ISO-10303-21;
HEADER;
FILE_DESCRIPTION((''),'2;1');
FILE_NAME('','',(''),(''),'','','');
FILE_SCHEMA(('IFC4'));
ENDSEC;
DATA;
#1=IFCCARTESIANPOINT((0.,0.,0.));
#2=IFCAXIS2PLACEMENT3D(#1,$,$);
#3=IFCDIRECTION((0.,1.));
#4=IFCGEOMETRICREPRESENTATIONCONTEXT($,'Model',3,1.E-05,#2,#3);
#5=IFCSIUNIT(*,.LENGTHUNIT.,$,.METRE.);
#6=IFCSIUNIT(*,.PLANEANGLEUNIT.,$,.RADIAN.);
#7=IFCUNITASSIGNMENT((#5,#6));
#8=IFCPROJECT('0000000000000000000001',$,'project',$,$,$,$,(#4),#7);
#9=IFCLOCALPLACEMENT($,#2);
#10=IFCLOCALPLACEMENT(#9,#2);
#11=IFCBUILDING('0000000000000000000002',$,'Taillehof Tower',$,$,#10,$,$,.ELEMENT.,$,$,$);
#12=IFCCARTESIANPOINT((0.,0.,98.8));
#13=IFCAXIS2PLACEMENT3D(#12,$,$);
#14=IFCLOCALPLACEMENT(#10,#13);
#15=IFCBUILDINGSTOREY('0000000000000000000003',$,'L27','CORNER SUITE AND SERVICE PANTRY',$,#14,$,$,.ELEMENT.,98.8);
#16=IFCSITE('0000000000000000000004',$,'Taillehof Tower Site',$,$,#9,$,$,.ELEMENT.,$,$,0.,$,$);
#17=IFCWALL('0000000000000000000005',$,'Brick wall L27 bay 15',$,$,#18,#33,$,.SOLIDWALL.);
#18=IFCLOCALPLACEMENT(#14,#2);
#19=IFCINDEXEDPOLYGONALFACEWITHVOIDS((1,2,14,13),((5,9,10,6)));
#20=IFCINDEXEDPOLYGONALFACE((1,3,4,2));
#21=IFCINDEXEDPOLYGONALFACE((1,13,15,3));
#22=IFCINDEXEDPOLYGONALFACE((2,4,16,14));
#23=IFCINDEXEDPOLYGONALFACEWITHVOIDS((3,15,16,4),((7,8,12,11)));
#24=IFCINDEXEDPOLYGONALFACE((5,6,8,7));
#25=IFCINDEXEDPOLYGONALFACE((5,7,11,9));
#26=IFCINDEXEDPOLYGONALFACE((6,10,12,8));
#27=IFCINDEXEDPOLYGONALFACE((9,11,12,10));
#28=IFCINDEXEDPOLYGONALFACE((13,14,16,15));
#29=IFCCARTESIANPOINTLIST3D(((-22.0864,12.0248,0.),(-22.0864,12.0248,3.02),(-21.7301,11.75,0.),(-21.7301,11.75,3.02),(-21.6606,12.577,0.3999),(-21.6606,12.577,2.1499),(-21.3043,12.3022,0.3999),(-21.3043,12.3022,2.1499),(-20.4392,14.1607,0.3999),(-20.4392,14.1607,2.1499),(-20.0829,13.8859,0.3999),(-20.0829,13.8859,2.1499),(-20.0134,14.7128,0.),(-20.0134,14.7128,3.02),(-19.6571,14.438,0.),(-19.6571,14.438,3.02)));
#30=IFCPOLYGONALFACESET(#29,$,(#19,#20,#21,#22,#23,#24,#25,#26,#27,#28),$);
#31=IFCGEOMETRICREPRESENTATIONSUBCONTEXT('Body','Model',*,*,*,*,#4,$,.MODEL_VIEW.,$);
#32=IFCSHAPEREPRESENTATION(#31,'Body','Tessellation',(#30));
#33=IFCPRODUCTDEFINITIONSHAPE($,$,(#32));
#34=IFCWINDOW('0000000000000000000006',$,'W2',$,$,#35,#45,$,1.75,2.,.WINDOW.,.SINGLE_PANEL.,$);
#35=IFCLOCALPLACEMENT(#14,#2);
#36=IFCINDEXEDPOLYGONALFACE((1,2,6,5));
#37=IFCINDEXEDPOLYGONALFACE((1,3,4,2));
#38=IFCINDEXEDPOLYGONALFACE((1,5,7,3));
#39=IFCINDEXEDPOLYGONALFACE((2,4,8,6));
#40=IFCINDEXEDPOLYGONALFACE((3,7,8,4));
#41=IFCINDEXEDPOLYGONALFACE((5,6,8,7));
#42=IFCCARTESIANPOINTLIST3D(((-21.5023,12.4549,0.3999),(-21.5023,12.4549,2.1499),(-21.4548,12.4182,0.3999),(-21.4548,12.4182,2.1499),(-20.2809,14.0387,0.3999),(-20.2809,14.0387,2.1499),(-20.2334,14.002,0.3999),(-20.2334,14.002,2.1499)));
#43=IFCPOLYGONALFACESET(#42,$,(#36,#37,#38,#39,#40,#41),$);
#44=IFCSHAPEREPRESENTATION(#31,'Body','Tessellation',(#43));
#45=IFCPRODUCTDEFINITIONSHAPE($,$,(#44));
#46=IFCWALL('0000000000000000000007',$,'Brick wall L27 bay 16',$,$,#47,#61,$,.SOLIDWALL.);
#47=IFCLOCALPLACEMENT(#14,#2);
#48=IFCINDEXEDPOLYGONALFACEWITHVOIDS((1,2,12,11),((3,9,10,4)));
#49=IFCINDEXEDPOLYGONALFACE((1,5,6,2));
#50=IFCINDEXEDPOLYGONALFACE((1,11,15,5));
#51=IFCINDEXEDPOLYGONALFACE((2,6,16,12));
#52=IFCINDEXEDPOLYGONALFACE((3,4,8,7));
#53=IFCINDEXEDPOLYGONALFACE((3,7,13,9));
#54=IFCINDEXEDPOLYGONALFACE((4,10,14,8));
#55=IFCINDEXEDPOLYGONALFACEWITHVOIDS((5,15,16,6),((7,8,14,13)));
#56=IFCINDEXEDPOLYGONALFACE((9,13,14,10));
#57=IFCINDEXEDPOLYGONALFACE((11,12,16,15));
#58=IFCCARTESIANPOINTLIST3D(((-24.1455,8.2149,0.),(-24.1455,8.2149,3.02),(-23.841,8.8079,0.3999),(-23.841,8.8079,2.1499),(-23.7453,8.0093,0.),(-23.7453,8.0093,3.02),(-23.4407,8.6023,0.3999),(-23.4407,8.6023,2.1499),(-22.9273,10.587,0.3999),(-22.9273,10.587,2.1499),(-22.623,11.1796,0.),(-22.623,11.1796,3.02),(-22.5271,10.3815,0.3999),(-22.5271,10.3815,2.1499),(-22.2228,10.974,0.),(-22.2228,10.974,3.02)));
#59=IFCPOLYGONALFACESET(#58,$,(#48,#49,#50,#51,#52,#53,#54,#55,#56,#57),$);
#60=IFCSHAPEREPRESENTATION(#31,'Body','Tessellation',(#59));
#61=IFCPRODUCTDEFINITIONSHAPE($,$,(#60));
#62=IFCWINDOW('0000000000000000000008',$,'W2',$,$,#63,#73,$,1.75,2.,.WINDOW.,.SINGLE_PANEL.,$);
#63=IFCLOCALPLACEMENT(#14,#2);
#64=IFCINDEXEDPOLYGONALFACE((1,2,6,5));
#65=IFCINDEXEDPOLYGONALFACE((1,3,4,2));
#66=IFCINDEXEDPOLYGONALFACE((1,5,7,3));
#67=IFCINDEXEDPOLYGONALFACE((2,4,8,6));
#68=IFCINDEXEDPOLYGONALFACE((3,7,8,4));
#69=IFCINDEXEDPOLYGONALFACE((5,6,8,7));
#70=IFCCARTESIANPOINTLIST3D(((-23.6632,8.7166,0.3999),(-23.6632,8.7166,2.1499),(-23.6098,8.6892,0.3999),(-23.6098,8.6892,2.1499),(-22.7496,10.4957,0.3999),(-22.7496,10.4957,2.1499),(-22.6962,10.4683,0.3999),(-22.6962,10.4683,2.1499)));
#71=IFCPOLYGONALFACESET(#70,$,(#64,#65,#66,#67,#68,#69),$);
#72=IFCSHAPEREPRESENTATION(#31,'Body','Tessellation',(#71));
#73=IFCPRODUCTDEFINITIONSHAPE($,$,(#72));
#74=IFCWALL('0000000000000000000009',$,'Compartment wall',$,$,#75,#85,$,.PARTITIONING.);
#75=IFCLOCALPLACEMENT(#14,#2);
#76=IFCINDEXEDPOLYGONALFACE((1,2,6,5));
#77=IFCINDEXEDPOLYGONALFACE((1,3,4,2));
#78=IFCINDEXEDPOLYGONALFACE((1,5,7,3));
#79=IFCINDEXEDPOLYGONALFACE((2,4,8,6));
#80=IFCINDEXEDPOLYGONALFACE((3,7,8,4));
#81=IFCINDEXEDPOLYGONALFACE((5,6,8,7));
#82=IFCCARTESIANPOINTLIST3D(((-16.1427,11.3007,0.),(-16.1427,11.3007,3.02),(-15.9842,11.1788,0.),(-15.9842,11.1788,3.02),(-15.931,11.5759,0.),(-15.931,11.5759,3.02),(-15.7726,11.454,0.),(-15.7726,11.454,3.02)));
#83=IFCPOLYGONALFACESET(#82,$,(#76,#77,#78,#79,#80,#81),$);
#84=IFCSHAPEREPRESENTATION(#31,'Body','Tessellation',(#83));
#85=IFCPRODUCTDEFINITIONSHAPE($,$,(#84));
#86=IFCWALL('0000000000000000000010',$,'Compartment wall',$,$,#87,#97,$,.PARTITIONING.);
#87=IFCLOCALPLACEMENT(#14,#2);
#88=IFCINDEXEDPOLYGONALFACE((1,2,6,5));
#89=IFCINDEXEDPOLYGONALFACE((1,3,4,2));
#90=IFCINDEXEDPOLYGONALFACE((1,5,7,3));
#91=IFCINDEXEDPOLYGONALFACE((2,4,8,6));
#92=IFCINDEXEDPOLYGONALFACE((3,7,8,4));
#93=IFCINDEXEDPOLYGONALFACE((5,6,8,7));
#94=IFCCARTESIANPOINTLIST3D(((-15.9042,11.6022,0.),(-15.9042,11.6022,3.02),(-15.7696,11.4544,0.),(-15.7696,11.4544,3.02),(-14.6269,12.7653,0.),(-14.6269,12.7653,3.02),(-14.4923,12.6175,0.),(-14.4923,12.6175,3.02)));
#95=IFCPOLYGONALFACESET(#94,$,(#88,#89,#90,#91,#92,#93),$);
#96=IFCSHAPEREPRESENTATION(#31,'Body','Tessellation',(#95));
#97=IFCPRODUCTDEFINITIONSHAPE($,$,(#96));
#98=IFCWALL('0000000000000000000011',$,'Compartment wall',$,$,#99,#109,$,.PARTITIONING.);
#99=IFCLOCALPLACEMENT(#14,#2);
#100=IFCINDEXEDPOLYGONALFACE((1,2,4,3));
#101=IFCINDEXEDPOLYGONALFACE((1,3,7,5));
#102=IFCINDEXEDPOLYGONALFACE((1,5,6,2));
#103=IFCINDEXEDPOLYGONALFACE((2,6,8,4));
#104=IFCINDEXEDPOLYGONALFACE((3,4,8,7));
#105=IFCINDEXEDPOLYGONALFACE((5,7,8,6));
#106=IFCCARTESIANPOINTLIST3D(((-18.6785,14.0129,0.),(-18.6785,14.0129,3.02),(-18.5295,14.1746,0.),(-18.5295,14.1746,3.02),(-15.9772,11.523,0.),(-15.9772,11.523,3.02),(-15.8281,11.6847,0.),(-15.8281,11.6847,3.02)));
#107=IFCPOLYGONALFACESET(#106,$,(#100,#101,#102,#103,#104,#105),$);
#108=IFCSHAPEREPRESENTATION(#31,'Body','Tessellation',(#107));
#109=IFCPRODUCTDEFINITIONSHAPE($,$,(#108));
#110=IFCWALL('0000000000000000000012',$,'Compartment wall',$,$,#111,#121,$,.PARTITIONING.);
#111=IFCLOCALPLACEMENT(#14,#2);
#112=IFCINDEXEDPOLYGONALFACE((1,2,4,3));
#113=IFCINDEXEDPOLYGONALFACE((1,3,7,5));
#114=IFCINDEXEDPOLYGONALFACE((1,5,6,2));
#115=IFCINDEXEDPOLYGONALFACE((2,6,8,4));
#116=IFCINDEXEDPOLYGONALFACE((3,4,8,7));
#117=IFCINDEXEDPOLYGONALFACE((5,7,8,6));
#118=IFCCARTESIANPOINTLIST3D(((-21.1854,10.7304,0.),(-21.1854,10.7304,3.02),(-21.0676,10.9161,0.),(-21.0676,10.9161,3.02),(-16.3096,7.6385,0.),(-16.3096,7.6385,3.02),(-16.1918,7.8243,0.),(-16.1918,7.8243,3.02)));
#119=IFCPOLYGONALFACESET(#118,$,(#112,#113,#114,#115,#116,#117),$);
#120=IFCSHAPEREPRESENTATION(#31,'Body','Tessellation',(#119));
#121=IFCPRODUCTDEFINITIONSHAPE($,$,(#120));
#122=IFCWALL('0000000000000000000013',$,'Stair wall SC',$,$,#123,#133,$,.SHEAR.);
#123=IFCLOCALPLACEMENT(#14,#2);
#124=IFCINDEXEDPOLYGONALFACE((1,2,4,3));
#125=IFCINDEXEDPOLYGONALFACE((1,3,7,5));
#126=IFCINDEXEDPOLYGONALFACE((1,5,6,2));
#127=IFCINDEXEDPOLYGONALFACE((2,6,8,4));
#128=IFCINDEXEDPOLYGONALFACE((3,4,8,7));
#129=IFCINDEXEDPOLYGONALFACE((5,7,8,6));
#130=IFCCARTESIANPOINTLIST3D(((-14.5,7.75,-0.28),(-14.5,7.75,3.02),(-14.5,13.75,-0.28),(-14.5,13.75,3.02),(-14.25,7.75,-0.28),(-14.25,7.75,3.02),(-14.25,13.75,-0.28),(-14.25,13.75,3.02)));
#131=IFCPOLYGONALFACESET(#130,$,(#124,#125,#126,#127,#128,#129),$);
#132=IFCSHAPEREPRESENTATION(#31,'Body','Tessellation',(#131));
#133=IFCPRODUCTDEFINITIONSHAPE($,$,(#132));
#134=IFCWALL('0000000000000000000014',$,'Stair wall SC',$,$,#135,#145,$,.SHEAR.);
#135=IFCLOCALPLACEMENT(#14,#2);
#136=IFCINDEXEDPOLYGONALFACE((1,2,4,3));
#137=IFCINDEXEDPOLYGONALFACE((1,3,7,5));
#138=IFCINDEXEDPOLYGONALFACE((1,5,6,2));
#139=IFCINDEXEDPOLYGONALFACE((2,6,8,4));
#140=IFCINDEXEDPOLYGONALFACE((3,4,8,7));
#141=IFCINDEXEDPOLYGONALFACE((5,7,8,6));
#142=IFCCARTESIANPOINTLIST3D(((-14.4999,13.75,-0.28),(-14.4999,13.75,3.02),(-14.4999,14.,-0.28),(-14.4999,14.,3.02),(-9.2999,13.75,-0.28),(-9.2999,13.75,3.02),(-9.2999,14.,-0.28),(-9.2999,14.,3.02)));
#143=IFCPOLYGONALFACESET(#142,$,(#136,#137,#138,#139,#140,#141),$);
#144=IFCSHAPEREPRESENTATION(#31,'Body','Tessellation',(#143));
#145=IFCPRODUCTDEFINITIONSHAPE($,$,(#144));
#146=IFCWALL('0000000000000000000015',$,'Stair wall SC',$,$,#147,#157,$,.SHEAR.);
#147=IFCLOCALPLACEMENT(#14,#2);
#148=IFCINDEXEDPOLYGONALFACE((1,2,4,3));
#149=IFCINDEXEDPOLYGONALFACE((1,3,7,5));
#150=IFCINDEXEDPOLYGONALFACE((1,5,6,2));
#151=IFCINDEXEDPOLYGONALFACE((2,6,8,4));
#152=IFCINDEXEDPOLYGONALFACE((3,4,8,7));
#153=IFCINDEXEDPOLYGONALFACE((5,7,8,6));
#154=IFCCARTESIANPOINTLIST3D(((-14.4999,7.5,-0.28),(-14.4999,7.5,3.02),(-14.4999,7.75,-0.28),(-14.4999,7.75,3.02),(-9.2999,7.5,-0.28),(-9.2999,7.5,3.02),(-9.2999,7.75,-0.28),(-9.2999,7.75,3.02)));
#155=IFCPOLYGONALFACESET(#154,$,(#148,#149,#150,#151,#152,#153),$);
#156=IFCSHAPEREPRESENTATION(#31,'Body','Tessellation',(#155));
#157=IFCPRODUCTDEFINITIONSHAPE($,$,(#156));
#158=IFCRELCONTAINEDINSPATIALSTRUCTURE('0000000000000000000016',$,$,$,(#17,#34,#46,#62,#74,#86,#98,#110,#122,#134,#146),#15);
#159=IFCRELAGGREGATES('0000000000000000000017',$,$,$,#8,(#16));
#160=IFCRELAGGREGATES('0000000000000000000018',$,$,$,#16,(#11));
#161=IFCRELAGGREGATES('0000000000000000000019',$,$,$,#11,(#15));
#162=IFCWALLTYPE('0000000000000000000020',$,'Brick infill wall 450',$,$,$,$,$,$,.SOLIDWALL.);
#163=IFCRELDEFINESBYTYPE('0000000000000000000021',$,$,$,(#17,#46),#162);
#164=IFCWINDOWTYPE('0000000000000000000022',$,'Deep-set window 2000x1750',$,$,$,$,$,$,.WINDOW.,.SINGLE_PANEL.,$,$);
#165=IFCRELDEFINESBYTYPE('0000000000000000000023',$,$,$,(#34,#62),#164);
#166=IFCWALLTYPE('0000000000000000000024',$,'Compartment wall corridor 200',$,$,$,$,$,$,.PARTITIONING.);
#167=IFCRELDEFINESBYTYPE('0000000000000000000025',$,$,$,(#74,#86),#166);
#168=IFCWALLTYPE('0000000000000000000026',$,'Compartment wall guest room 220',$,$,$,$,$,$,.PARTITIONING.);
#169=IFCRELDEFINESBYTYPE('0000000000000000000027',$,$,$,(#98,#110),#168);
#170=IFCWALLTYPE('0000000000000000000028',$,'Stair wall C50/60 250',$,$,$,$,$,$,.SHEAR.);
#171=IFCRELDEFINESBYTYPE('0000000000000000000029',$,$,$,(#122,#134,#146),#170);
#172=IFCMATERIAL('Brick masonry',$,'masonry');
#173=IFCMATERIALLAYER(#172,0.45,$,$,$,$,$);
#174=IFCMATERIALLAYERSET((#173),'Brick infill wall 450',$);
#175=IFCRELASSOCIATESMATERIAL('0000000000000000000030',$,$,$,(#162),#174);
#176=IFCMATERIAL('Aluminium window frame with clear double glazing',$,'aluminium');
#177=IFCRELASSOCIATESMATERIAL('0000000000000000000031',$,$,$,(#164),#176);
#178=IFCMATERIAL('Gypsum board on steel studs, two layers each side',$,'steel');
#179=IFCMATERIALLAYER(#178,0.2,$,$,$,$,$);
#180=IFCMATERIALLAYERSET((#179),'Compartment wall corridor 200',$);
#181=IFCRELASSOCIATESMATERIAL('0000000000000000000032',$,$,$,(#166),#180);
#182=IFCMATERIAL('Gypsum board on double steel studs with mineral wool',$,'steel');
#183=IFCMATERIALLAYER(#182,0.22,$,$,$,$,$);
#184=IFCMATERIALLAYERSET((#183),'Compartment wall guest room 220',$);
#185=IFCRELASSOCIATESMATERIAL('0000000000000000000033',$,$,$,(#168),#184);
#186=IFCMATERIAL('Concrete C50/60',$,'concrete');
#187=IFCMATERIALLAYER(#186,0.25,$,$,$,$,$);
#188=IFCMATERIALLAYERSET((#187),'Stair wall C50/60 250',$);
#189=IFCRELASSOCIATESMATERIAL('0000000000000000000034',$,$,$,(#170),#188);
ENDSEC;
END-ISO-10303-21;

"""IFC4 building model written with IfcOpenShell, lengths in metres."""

from ifc_helpers import new_model, si_unit, direction, frame, frame_2d, origin, place, context, subcontext, project, spatial, rectangle, extrude, material, layer, layer_set, type_object, element, fill, save


model = new_model("IFC4")

# Units and contexts
model_context = context("Model", 3, precision=1e-05, world=origin(), true_north=direction((0.0, 1.0)))
body_context = subcontext(model_context, "Body", "Model", "MODEL_VIEW")
ifc_project = project(units=[si_unit("LENGTHUNIT", "METRE"), si_unit("PLANEANGLEUNIT", "RADIAN")], contexts=[model_context])

# Site, building, storey
site_placement = place(None, origin())
site = spatial("IfcSite", under=ifc_project, at=site_placement, Name="Taillehof Tower Site", CompositionType="ELEMENT", RefElevation=0.0)
building_placement = place(site_placement, origin())
building = spatial("IfcBuilding", under=site, at=building_placement, Name="Taillehof Tower", CompositionType="ELEMENT")
storey_placement = place(building_placement, frame((0.0, 0.0, 98.8)))
storey = spatial("IfcBuildingStorey", under=building, at=storey_placement, Name="L27", Description="CORNER SUITE AND SERVICE PANTRY", CompositionType="ELEMENT", Elevation=98.8)

# Walls, openings, windows
ifc_material_1 = material(Name="Brick masonry", Category="masonry")
ifc_layer_1 = layer(ifc_material_1, 0.45)
ifc_layer_set_1 = layer_set([ifc_layer_1], Name="Brick infill wall 450")
wall_type_1 = type_object("IfcWallType", Name="Brick infill wall 450", PredefinedType="SOLIDWALL", material=ifc_layer_set_1)
ifc_material_2 = material(Name="Aluminium window frame with clear double glazing", Category="aluminium")
window_type = type_object("IfcWindowType", Name="Deep-set window 2000x1750", PartitioningType="SINGLE_PANEL", PredefinedType="WINDOW", material=ifc_material_2)
wall_1_placement = place(storey_placement, frame((-19.8352, 14.5754, 0.0), z_axis=(0.0, 0.0, 1.0), x_axis=(-0.610694, -0.791867, 0.0)))
wall_1 = element("IfcWall", 1, at=wall_1_placement, inside=storey, type_object=wall_type_1, Name="Brick wall L27 bay 15", PredefinedType="SOLIDWALL", context=body_context, shape_type="SweptSolid", body=[
    extrude(rectangle(XDim=3.3945, YDim=0.45, at=frame_2d((1.6973, 0.0))), origin(), (0.0, 0.0, 1.0), 3.02),
])
opening_1_placement = place(wall_1_placement, frame((0.6973, 0.0, 0.3999)))
opening_1 = element("IfcOpeningElement", 2, at=opening_1_placement, cuts=wall_1, PredefinedType="OPENING", context=body_context, shape_type="SweptSolid", body=[
    extrude(rectangle(XDim=2.0, YDim=1.75, at=frame_2d((1.0, 0.875))), frame((0.0, 0.2349, 0.0), z_axis=(0.0, -1.0, 0.0), x_axis=(1.0, 0.0, 0.0)), (0.0, 0.0, 1.0), 0.47),
])
window_1_placement = place(opening_1_placement, origin())
window_1 = element("IfcWindow", 3, at=window_1_placement, inside=storey, type_object=window_type, Name="W2", OverallHeight=1.75, OverallWidth=2.0, PartitioningType="SINGLE_PANEL", PredefinedType="WINDOW", context=body_context, shape_type="SweptSolid", body=[
    extrude(rectangle(XDim=2.0, YDim=1.75, at=frame_2d((1.0, 0.875))), frame((0.0, 0.0349, 0.0), z_axis=(0.0, -1.0, 0.0), x_axis=(1.0, 0.0, 0.0)), (0.0, 0.0, 1.0), 0.0601),
])
fill(opening_1, window_1)
wall_2_placement = place(storey_placement, frame((-22.4229, 11.0769, 0.0), z_axis=(0.0, 0.0, 1.0), x_axis=(-0.456828, -0.889555, 0.0)))
wall_2 = element("IfcWall", 4, at=wall_2_placement, inside=storey, type_object=wall_type_1, Name="Brick wall L27 bay 16", PredefinedType="SOLIDWALL", context=body_context, shape_type="SweptSolid", body=[
    extrude(rectangle(XDim=3.3328, YDim=0.45, at=frame_2d((1.6665, 0.0))), origin(), (0.0, 0.0, 1.0), 3.02),
])
opening_2_placement = place(wall_2_placement, frame((0.6663, 0.0, 0.3999)))
opening_2 = element("IfcOpeningElement", 5, at=opening_2_placement, cuts=wall_2, PredefinedType="OPENING", context=body_context, shape_type="SweptSolid", body=[
    extrude(rectangle(XDim=2.0, YDim=1.75, at=frame_2d((1.0, 0.875))), frame((0.0, 0.2349, 0.0), z_axis=(0.0, -1.0, 0.0), x_axis=(1.0, 0.0, 0.0)), (0.0, 0.0, 1.0), 0.47),
])
window_2_placement = place(opening_2_placement, origin())
window_2 = element("IfcWindow", 6, at=window_2_placement, inside=storey, type_object=window_type, Name="W2", OverallHeight=1.75, OverallWidth=2.0, PartitioningType="SINGLE_PANEL", PredefinedType="WINDOW", context=body_context, shape_type="SweptSolid", body=[
    extrude(rectangle(XDim=2.0, YDim=1.75, at=frame_2d((1.0, 0.875))), frame((0.0, 0.0349, 0.0), z_axis=(0.0, -1.0, 0.0), x_axis=(1.0, 0.0, 0.0)), (0.0, 0.0, 1.0), 0.0601),
])
fill(opening_2, window_2)

# Walls
ifc_material_3 = material(Name="Gypsum board on steel studs, two layers each side", Category="steel")
ifc_layer_2 = layer(ifc_material_3, 0.2)
ifc_layer_set_2 = layer_set([ifc_layer_2], Name="Compartment wall corridor 200")
wall_type_2 = type_object("IfcWallType", Name="Compartment wall corridor 200", PredefinedType="PARTITIONING", material=ifc_layer_set_2)
wall_3_placement = place(storey_placement, frame((-16.0635, 11.2397, 0.0), z_axis=(0.0, 0.0, 1.0), x_axis=(0.609745, 0.792598, 0.0)))
element("IfcWall", 7, at=wall_3_placement, inside=storey, type_object=wall_type_2, Name="Compartment wall", PredefinedType="PARTITIONING", context=body_context, shape_type="SweptSolid", body=[
    extrude(rectangle(XDim=0.3472, YDim=0.2, at=frame_2d((0.1736, 0.0))), origin(), (0.0, 0.0, 1.0), 3.02),
])
wall_4_placement = place(storey_placement, frame((-15.8369, 11.5283, 0.0), z_axis=(0.0, 0.0, 1.0), x_axis=(0.739403, 0.673263, 0.0)))
element("IfcWall", 8, at=wall_4_placement, inside=storey, type_object=wall_type_2, Name="Compartment wall", PredefinedType="PARTITIONING", context=body_context, shape_type="SweptSolid", body=[
    extrude(rectangle(XDim=1.7275, YDim=0.2, at=frame_2d((0.8638, 0.0))), origin(), (0.0, 0.0, 1.0), 3.02),
])
ifc_material_4 = material(Name="Gypsum board on double steel studs with mineral wool", Category="steel")
ifc_layer_3 = layer(ifc_material_4, 0.22)
ifc_layer_set_3 = layer_set([ifc_layer_3], Name="Compartment wall guest room 220")
wall_type_3 = type_object("IfcWallType", Name="Compartment wall guest room 220", PredefinedType="PARTITIONING", material=ifc_layer_set_3)
wall_5_placement = place(storey_placement, frame((-18.604, 14.0938, 0.0), z_axis=(0.0, 0.0, 1.0), x_axis=(0.735295, -0.677747, 0.0)))
element("IfcWall", 9, at=wall_5_placement, inside=storey, type_object=wall_type_3, Name="Compartment wall", PredefinedType="PARTITIONING", context=body_context, shape_type="SweptSolid", body=[
    extrude(rectangle(XDim=3.6738, YDim=0.22, at=frame_2d((1.8369, 0.0))), origin(), (0.0, 0.0, 1.0), 3.02),
])
wall_6_placement = place(storey_placement, frame((-21.1265, 10.8232, 0.0), z_axis=(0.0, 0.0, 1.0), x_axis=(0.844519, -0.535526, 0.0)))
element("IfcWall", 10, at=wall_6_placement, inside=storey, type_object=wall_type_3, Name="Compartment wall", PredefinedType="PARTITIONING", context=body_context, shape_type="SweptSolid", body=[
    extrude(rectangle(XDim=5.7734, YDim=0.22, at=frame_2d((2.8867, 0.0))), origin(), (0.0, 0.0, 1.0), 3.02),
])
ifc_material_5 = material(Name="Concrete C50/60", Category="concrete")
ifc_layer_4 = layer(ifc_material_5, 0.25)
ifc_layer_set_4 = layer_set([ifc_layer_4], Name="Stair wall C50/60 250")
wall_type_4 = type_object("IfcWallType", Name="Stair wall C50/60 250", PredefinedType="SHEAR", material=ifc_layer_set_4)
wall_7_placement = place(storey_placement, frame((-14.375, 7.75, -0.28), z_axis=(0.0, 0.0, 1.0), x_axis=(0.0, 1.0, 0.0)))
element("IfcWall", 11, at=wall_7_placement, inside=storey, type_object=wall_type_4, Name="Stair wall SC", PredefinedType="SHEAR", context=body_context, shape_type="SweptSolid", body=[
    extrude(rectangle(XDim=6.0, YDim=0.25, at=frame_2d((3.0, 0.0))), origin(), (0.0, 0.0, 1.0), 3.3),
])
for number, where, z_axis, x_axis, name in (
    (12, (-14.5, 13.875, -0.28), (0.0, 0.0, 1.0), (1.0, 0.0, 0.0), "Stair wall SC"),
    (13, (-14.5, 7.625, -0.28), (0.0, 0.0, 1.0), (1.0, 0.0, 0.0), "Stair wall SC"),
):
    element("IfcWall", number, at=place(storey_placement, frame(where, z_axis=z_axis, x_axis=x_axis)), inside=storey, type_object=wall_type_4, Name=name, PredefinedType="SHEAR", context=body_context, shape_type="SweptSolid", body=[
        extrude(rectangle(XDim=5.2, YDim=0.25, at=frame_2d((2.6001, 0.0))), origin(), (0.0, 0.0, 1.0), 3.3),
    ])

save(model, "model.ifc")
